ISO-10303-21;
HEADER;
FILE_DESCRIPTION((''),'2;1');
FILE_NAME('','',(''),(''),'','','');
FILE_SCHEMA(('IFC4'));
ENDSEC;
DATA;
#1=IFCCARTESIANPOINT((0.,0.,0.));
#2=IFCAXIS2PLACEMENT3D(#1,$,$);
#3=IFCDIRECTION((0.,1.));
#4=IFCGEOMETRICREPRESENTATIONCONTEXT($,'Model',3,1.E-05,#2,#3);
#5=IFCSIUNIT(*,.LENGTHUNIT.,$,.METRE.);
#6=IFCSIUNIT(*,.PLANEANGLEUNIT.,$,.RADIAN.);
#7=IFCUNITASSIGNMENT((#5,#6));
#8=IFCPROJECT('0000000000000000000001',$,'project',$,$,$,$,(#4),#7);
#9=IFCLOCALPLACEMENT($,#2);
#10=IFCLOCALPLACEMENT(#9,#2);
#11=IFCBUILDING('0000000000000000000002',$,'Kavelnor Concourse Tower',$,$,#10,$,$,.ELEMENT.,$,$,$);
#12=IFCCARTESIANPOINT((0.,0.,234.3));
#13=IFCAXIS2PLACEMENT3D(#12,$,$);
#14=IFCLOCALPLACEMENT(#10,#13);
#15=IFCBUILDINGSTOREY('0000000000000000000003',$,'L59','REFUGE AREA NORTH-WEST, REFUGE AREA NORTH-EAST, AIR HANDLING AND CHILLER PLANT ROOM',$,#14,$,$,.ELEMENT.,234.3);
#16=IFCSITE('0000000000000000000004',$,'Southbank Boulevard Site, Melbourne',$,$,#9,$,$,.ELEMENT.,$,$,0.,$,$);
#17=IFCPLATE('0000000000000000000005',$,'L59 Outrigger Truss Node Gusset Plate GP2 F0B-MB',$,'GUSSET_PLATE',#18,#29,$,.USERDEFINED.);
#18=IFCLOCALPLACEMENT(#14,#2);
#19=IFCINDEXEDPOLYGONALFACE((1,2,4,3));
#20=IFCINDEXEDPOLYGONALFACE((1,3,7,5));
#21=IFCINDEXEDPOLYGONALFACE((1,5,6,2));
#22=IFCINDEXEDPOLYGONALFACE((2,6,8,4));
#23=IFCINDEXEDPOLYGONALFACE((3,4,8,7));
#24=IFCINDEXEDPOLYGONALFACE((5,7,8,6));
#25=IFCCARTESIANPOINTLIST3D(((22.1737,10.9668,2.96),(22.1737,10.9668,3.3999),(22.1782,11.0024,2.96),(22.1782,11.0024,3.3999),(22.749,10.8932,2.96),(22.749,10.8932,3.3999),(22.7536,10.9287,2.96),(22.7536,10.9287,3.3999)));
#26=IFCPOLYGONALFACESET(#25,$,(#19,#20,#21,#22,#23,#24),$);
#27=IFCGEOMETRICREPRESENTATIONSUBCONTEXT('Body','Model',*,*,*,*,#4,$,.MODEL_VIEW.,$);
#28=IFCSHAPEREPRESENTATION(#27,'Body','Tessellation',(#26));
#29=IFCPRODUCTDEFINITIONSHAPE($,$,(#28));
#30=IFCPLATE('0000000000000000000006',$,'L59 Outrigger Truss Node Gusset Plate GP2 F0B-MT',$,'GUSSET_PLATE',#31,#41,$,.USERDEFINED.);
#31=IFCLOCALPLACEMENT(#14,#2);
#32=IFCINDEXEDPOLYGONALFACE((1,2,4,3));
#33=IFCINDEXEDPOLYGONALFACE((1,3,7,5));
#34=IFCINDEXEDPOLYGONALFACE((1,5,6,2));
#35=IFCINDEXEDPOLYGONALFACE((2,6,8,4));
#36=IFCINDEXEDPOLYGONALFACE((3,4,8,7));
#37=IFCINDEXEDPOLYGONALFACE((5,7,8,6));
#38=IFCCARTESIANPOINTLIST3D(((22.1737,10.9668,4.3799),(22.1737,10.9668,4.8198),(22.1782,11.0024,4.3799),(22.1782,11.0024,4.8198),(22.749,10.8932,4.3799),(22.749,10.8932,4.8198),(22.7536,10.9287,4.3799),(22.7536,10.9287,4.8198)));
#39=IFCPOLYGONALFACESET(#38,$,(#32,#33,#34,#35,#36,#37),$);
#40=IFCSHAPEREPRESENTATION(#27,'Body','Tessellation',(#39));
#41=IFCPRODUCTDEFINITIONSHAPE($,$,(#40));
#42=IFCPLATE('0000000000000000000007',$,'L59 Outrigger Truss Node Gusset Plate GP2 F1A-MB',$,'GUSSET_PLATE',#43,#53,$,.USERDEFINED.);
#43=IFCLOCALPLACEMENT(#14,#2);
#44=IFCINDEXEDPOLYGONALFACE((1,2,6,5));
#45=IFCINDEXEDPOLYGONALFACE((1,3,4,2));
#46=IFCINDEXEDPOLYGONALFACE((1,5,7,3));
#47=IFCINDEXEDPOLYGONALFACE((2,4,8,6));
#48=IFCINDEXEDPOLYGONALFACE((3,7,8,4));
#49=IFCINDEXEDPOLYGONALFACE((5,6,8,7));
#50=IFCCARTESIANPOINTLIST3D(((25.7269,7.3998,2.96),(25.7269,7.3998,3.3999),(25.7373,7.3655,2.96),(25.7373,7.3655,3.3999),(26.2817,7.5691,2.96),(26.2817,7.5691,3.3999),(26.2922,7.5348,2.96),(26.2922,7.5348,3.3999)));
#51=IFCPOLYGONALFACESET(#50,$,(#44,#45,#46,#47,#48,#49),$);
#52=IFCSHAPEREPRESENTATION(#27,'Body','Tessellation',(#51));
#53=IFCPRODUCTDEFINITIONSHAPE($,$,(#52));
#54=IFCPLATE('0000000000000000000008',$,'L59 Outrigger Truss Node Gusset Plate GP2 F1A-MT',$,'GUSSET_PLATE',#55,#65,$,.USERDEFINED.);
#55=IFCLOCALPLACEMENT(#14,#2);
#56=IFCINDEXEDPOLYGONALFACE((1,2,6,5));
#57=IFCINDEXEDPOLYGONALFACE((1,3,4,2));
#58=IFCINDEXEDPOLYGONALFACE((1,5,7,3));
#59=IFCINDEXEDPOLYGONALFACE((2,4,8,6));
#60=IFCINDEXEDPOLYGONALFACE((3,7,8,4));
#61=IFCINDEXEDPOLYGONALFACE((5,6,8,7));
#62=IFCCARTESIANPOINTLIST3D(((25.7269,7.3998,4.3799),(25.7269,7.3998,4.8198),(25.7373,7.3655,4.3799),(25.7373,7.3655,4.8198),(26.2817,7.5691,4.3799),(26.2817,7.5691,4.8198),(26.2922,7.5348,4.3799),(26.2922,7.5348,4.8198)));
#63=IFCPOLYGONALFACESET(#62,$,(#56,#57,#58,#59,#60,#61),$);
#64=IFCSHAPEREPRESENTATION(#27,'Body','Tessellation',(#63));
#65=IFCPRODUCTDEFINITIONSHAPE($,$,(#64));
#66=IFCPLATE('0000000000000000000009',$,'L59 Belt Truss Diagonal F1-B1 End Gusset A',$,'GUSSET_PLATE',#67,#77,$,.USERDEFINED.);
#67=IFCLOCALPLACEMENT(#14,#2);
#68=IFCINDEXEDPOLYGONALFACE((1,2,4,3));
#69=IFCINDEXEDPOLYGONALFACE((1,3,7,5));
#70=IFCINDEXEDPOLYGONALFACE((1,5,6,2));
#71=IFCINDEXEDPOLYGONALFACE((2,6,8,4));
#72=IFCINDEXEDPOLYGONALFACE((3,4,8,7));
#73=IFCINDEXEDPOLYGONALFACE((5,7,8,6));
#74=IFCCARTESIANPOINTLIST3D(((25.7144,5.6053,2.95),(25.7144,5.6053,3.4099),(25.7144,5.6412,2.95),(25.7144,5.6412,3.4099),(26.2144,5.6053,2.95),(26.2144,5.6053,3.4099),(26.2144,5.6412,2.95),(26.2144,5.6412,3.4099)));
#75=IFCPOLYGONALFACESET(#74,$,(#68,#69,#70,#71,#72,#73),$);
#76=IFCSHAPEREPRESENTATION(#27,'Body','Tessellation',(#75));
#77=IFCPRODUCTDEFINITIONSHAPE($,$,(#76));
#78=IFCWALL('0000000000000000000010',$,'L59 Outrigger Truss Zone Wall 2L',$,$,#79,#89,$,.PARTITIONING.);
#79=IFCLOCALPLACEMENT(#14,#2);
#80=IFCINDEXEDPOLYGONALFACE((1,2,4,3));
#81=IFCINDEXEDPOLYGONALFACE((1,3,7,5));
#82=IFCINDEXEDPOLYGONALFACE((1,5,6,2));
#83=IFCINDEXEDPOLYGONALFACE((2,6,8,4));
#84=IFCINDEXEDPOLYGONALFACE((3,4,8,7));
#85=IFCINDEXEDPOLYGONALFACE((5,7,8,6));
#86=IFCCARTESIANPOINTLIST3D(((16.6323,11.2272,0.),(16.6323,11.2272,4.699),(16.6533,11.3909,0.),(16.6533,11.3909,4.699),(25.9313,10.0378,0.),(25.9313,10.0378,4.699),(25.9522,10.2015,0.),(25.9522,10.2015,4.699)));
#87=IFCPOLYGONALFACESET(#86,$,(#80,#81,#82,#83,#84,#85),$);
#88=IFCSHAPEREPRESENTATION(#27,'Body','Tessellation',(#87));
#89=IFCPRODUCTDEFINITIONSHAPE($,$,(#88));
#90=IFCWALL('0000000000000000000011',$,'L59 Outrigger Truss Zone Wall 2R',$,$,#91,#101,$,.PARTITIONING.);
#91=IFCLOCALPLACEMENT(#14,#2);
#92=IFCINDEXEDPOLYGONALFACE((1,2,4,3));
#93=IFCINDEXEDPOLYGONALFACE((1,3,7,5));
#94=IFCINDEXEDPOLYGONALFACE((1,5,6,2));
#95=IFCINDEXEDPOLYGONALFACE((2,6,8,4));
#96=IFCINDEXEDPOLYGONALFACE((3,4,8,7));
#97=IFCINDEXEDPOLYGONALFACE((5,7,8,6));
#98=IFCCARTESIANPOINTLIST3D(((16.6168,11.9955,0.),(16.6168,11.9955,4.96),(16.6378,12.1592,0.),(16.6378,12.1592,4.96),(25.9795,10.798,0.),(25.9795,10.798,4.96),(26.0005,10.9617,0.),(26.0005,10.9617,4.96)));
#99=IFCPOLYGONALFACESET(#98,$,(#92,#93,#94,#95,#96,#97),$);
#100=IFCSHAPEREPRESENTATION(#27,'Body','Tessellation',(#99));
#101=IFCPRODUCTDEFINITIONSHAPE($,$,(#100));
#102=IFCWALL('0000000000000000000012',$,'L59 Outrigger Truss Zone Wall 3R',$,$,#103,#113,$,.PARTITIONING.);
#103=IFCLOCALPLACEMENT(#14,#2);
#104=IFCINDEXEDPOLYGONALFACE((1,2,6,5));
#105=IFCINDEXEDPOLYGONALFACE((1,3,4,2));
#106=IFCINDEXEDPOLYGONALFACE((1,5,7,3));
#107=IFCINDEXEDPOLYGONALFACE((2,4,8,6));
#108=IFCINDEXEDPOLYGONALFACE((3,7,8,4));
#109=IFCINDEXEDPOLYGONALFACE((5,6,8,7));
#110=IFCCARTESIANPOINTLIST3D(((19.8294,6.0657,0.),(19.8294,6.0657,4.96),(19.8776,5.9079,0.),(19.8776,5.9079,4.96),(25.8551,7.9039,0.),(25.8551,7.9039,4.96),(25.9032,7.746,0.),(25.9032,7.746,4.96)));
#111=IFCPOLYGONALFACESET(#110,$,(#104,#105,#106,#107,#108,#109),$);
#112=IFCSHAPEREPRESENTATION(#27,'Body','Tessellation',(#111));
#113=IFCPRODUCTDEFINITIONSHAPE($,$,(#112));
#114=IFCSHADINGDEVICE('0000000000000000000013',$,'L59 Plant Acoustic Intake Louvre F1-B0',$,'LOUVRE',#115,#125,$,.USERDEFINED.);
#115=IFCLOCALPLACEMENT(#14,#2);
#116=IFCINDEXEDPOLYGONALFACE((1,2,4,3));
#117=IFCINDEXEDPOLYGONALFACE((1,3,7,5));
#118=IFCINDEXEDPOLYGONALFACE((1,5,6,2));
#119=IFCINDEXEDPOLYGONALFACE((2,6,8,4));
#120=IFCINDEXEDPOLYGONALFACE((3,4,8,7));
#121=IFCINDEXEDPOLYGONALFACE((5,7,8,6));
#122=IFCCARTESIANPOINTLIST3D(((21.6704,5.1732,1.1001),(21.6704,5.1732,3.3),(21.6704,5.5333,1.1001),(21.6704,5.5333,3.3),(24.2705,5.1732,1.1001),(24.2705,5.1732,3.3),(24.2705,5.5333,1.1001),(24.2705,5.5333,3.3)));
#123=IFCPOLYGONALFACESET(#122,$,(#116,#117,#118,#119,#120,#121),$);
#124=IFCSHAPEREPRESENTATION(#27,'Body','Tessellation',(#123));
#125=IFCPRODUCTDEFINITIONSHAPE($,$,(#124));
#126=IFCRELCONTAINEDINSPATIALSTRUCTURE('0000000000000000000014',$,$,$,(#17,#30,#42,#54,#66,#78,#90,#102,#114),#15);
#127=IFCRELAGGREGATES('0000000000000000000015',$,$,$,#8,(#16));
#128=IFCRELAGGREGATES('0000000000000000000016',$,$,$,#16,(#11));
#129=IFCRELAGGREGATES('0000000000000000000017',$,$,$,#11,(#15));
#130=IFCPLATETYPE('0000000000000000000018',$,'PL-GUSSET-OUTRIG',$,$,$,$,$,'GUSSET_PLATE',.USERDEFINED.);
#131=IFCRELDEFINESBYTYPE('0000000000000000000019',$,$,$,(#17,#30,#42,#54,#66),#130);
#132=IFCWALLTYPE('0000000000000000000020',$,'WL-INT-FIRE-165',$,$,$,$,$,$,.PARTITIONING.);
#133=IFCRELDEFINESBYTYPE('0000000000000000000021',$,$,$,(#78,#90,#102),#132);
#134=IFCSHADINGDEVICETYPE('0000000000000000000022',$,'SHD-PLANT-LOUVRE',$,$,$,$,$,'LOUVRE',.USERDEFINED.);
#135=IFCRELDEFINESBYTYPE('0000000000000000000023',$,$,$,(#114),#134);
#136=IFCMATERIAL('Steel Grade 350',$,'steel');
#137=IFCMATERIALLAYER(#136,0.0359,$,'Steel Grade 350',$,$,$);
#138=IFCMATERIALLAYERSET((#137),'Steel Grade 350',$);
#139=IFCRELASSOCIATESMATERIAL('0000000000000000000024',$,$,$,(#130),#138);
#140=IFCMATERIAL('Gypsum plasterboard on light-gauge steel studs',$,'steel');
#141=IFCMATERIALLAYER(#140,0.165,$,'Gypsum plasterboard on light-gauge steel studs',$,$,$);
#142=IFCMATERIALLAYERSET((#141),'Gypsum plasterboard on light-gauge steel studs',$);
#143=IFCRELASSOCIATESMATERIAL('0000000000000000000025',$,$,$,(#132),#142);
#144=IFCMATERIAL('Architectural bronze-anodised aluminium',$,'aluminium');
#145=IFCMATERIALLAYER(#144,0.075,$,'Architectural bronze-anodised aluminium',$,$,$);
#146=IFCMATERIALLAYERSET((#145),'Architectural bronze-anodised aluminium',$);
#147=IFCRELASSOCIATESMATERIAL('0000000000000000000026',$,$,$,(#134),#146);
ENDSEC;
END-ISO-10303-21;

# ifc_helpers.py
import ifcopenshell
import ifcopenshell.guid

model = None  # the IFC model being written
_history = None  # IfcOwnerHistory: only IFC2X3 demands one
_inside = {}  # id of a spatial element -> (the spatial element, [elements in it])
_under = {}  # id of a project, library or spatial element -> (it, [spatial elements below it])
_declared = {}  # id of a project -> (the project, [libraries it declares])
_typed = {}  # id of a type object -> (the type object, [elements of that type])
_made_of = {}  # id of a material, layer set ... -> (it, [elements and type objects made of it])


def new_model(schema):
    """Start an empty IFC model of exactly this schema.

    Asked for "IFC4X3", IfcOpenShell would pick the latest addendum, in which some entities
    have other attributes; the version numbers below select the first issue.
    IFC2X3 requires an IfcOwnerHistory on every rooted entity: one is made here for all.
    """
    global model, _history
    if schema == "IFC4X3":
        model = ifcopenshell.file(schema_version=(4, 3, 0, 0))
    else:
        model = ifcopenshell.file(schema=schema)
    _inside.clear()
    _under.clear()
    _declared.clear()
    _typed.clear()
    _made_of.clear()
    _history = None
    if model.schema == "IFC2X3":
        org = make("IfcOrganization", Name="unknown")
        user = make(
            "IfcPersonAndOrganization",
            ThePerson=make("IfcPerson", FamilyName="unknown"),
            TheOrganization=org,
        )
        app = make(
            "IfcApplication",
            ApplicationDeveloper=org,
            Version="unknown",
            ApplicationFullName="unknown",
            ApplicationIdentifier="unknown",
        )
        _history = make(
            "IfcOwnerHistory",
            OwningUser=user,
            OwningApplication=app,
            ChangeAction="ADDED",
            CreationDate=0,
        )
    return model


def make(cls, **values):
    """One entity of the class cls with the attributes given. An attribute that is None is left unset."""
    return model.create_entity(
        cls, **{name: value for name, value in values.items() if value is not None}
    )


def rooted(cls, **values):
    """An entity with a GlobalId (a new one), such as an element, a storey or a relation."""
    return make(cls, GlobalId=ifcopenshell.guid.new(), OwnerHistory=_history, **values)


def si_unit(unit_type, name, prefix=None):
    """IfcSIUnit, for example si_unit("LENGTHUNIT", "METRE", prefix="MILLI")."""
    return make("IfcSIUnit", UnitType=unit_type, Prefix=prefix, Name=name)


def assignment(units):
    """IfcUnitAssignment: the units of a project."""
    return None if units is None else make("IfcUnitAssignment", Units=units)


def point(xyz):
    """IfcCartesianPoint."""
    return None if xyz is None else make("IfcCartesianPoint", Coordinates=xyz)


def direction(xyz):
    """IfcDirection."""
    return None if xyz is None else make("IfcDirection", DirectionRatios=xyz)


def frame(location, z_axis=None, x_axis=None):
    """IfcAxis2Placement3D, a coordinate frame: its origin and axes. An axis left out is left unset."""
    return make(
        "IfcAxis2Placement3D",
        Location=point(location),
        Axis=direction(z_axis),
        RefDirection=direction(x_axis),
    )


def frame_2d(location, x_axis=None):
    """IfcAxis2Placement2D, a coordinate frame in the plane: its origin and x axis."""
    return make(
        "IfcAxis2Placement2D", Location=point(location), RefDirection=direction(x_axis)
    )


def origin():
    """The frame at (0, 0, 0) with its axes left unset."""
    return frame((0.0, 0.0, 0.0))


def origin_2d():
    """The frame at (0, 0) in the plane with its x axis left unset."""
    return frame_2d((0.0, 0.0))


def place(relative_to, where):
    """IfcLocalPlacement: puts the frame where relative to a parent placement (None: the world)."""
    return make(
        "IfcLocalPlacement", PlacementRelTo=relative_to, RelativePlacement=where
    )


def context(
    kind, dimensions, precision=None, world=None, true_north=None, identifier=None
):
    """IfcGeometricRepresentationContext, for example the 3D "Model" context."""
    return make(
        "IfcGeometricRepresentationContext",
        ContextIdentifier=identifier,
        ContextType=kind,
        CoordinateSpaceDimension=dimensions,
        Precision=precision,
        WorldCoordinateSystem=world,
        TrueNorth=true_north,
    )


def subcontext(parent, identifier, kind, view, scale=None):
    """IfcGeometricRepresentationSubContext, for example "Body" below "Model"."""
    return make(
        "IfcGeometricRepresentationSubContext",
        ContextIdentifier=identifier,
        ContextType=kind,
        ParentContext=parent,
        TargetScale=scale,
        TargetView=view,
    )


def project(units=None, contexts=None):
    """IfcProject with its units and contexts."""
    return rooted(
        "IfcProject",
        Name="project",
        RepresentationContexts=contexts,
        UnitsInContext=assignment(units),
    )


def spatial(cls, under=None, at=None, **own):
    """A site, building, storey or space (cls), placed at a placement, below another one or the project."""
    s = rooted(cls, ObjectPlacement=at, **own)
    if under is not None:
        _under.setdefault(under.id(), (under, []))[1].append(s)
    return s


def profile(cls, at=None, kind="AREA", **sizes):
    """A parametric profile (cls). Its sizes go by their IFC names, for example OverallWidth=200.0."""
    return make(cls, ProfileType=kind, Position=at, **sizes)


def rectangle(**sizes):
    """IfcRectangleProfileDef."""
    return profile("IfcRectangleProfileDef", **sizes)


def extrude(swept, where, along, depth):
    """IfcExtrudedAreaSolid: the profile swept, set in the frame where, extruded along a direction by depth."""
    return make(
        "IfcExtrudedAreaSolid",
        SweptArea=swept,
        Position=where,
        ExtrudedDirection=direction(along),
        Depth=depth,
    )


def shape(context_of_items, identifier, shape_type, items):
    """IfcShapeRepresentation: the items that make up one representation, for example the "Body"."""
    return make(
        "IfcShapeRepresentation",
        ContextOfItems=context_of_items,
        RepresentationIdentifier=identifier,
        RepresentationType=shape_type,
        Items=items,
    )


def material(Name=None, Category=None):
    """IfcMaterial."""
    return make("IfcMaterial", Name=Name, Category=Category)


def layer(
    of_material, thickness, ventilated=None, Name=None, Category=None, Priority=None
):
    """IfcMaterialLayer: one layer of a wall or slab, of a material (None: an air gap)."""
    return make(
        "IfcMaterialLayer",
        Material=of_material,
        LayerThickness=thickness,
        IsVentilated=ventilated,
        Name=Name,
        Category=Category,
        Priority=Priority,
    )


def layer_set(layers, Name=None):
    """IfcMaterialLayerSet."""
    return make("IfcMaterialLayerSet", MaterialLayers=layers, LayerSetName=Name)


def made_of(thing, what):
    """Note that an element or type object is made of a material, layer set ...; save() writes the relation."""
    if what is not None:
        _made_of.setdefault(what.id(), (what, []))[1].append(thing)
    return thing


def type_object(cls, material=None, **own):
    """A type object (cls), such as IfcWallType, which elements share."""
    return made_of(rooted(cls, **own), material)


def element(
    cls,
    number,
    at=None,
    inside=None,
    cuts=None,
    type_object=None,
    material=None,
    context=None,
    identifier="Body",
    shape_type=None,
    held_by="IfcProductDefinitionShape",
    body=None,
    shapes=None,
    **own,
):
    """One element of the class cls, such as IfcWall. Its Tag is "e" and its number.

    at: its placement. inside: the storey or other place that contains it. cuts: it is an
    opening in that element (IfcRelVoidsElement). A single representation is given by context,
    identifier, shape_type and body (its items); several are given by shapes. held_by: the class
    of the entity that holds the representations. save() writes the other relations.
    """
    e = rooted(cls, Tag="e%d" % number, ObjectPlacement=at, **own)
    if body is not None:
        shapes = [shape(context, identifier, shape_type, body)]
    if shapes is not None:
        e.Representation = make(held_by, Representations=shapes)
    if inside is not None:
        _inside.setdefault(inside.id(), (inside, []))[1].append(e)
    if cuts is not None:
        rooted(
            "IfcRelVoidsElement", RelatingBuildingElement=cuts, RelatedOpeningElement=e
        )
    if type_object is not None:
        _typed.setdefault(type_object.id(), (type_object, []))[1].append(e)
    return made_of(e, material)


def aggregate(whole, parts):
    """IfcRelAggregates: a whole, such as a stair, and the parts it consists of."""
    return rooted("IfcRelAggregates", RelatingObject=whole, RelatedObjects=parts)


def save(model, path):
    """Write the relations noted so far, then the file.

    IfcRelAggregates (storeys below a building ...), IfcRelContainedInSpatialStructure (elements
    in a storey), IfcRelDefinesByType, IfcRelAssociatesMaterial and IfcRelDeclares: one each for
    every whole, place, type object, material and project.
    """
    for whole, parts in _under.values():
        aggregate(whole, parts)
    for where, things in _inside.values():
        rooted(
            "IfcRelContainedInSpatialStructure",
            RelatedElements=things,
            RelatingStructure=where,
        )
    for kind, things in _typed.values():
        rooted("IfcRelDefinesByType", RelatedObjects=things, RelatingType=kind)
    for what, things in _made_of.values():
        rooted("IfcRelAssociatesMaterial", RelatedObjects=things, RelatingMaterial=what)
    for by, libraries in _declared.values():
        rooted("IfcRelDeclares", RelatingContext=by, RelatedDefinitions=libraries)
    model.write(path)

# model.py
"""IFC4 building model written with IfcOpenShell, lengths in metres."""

from ifc_helpers import new_model, si_unit, direction, frame, frame_2d, origin, origin_2d, place, context, subcontext, project, spatial, rectangle, extrude, material, layer, layer_set, type_object, element, save


model = new_model("IFC4")

# Units and contexts
model_context = context("Model", 3, precision=1e-05, world=origin(), true_north=direction((0.0, 1.0)))
body_context = subcontext(model_context, "Body", "Model", "MODEL_VIEW")
ifc_project = project(units=[si_unit("LENGTHUNIT", "METRE"), si_unit("PLANEANGLEUNIT", "RADIAN")], contexts=[model_context])

# Site, building, storey
site_placement = place(None, origin())
site = spatial("IfcSite", under=ifc_project, at=site_placement, Name="Southbank Boulevard Site, Melbourne", CompositionType="ELEMENT", RefElevation=0.0)
building_placement = place(site_placement, origin())
building = spatial("IfcBuilding", under=site, at=building_placement, Name="Kavelnor Concourse Tower", CompositionType="ELEMENT")
storey_placement = place(building_placement, frame((0.0, 0.0, 234.3)))
storey = spatial("IfcBuildingStorey", under=building, at=storey_placement, Name="L59", Description="REFUGE AREA NORTH-WEST, REFUGE AREA NORTH-EAST, AIR HANDLING AND CHILLER PLANT ROOM", CompositionType="ELEMENT", Elevation=234.3)

# Shared definitions
ifc_material_1 = material(Name="Steel Grade 350", Category="steel")

# Plates
ifc_layer_1 = layer(ifc_material_1, 0.0359, Name="Steel Grade 350")
ifc_layer_set_1 = layer_set([ifc_layer_1], Name="Steel Grade 350")
plate_type_1 = type_object("IfcPlateType", Name="PL-GUSSET-OUTRIG", ElementType="GUSSET_PLATE", PredefinedType="USERDEFINED", material=ifc_layer_set_1)
for number, where, z_axis, x_axis, name in (
    (1, (22.4636, 10.9478, 2.96), (0.0, 0.0, 1.0), (-0.991917, 0.126891, 0.0), "L59 Outrigger Truss Node Gusset Plate GP2 F0B-MB"),
    (2, (22.4636, 10.9478, 4.3799), (0.0, 0.0, 1.0), (-0.991917, 0.126891, 0.0), "L59 Outrigger Truss Node Gusset Plate GP2 F0B-MT"),
    (3, (26.0095, 7.4673, 2.96), (0.0, 0.0, 1.0), (-0.956458, -0.291871, 0.0), "L59 Outrigger Truss Node Gusset Plate GP2 F1A-MB"),
    (4, (26.0095, 7.4673, 4.3799), (0.0, 0.0, 1.0), (-0.956458, -0.291871, 0.0), "L59 Outrigger Truss Node Gusset Plate GP2 F1A-MT"),
):
    element("IfcPlate", number, at=place(storey_placement, frame(where, z_axis=z_axis, x_axis=x_axis)), inside=storey, type_object=plate_type_1, Name=name, ObjectType="GUSSET_PLATE", PredefinedType="USERDEFINED", context=body_context, shape_type="SweptSolid", body=[
        extrude(rectangle(XDim=0.5801, YDim=0.0359, at=origin_2d()), origin(), (0.0, 0.0, 1.0), 0.4399),
    ])
plate_1_placement = place(storey_placement, frame((25.9644, 5.6233, 2.95), z_axis=(0.0, 0.0, 1.0), x_axis=(1.0, 0.0, 0.0)))
element("IfcPlate", 5, at=plate_1_placement, inside=storey, type_object=plate_type_1, Name="L59 Belt Truss Diagonal F1-B1 End Gusset A", ObjectType="GUSSET_PLATE", PredefinedType="USERDEFINED", context=body_context, shape_type="SweptSolid", body=[
    extrude(rectangle(XDim=0.5, YDim=0.0359, at=origin_2d()), origin(), (0.0, 0.0, 1.0), 0.46),
])

# Walls
ifc_material_2 = material(Name="Gypsum plasterboard on light-gauge steel studs", Category="steel")
ifc_layer_2 = layer(ifc_material_2, 0.165, Name="Gypsum plasterboard on light-gauge steel studs")
ifc_layer_set_2 = layer_set([ifc_layer_2], Name="Gypsum plasterboard on light-gauge steel studs")
wall_type = type_object("IfcWallType", Name="WL-INT-FIRE-165", PredefinedType="PARTITIONING", material=ifc_layer_set_2)
wall_1_placement = place(storey_placement, frame((25.9419, 10.1196, 0.0), z_axis=(0.0, 0.0, 1.0), x_axis=(-0.991918, 0.126877, 0.0)))
element("IfcWall", 6, at=wall_1_placement, inside=storey, type_object=wall_type, Name="L59 Outrigger Truss Zone Wall 2L", PredefinedType="PARTITIONING", context=body_context, shape_type="SweptSolid", body=[
    extrude(rectangle(XDim=9.3748, YDim=0.165, at=frame_2d((4.6875, 0.0))), origin(), (0.0, 0.0, 1.0), 4.699),
])
wall_2_placement = place(storey_placement, frame((25.99, 10.8799, 0.0), z_axis=(0.0, 0.0, 1.0), x_axis=(-0.99192, 0.126867, 0.0)))
element("IfcWall", 7, at=wall_2_placement, inside=storey, type_object=wall_type, Name="L59 Outrigger Truss Zone Wall 2R", PredefinedType="PARTITIONING", context=body_context, shape_type="SweptSolid", body=[
    extrude(rectangle(XDim=9.439, YDim=0.165, at=frame_2d((4.7195, 0.0))), origin(), (0.0, 0.0, 1.0), 4.96),
])
wall_3_placement = place(storey_placement, frame((25.8792, 7.825, 0.0), z_axis=(0.0, 0.0, 1.0), x_axis=(-0.956486, -0.291778, 0.0)))
element("IfcWall", 8, at=wall_3_placement, inside=storey, type_object=wall_type, Name="L59 Outrigger Truss Zone Wall 3R", PredefinedType="PARTITIONING", context=body_context, shape_type="SweptSolid", body=[
    extrude(rectangle(XDim=6.2998, YDim=0.165, at=frame_2d((3.1499, 0.0))), origin(), (0.0, 0.0, 1.0), 4.96),
])

# Shading device
ifc_material_3 = material(Name="Architectural bronze-anodised aluminium", Category="aluminium")
ifc_layer_3 = layer(ifc_material_3, 0.075, Name="Architectural bronze-anodised aluminium")
ifc_layer_set_3 = layer_set([ifc_layer_3], Name="Architectural bronze-anodised aluminium")
shading_device_type = type_object("IfcShadingDeviceType", Name="SHD-PLANT-LOUVRE", ElementType="LOUVRE", PredefinedType="USERDEFINED", material=ifc_layer_set_3)
shading_device_placement = place(storey_placement, frame((22.9705, 5.3533, 1.1001), z_axis=(0.0, 0.0, 1.0), x_axis=(-1.0, 0.0, 0.0)))
element("IfcShadingDevice", 9, at=shading_device_placement, inside=storey, type_object=shading_device_type, Name="L59 Plant Acoustic Intake Louvre F1-B0", ObjectType="LOUVRE", PredefinedType="USERDEFINED", context=body_context, shape_type="SweptSolid", body=[
    extrude(rectangle(XDim=2.6001, YDim=0.3601, at=origin_2d()), origin(), (0.0, 0.0, 1.0), 2.2),
])

save(model, "model.ifc")
